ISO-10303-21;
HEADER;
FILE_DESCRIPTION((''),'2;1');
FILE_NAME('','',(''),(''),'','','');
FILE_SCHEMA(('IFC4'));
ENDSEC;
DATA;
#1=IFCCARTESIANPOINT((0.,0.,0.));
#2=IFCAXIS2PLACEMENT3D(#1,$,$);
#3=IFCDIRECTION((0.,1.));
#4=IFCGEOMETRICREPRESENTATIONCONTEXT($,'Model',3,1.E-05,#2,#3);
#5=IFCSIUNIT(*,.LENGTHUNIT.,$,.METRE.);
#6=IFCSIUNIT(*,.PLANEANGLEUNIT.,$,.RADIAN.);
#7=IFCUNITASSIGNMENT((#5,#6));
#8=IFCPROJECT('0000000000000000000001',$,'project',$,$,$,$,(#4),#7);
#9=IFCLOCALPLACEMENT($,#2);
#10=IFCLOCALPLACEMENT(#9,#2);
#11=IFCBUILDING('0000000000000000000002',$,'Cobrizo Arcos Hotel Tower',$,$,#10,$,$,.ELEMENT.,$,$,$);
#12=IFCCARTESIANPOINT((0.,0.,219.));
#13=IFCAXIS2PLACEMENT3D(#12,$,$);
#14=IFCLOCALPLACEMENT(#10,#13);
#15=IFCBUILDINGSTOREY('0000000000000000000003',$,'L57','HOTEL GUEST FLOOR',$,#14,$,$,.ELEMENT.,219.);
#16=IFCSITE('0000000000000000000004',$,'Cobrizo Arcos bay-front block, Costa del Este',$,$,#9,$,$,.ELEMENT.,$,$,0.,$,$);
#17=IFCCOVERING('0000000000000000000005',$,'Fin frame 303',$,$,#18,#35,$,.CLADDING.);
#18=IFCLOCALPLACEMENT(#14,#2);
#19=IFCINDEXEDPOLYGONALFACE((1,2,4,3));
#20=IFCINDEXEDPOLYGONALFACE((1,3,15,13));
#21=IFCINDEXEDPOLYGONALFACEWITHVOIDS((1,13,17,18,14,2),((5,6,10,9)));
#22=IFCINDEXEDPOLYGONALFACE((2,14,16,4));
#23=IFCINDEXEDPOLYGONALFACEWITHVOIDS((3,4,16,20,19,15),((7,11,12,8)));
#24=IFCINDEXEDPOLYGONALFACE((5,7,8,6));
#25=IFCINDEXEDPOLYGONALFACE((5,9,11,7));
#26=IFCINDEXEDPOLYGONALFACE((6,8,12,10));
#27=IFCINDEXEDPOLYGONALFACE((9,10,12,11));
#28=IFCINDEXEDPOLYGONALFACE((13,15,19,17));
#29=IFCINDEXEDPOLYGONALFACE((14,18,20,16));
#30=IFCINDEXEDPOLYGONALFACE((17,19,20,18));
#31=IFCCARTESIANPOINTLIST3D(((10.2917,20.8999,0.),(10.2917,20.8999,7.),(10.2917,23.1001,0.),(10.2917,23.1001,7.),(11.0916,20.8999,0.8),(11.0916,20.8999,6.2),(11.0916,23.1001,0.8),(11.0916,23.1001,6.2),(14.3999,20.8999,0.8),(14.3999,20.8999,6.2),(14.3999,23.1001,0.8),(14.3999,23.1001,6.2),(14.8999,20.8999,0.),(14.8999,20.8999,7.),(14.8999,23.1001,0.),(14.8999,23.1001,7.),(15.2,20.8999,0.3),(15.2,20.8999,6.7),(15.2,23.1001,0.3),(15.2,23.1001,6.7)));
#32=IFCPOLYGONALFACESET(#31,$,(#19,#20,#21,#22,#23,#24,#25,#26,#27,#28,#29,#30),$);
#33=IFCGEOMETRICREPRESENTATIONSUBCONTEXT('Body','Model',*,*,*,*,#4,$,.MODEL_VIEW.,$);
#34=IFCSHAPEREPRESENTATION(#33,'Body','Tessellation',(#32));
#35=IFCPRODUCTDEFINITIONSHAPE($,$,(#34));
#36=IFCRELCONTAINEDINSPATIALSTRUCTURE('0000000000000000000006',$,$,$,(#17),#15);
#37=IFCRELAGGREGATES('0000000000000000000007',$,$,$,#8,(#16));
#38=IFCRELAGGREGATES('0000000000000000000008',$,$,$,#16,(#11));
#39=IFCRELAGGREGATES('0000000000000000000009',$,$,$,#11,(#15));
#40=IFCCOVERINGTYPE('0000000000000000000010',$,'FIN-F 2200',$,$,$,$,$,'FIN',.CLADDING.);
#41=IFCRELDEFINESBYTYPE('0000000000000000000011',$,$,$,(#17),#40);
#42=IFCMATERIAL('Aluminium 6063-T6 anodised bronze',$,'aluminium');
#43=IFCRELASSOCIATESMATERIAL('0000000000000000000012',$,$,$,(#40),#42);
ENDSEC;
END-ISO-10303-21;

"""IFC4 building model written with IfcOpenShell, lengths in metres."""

from ifc_helpers import new_model, si_unit, direction, frame, origin, place, context, subcontext, project, spatial, polyline, outline, extrude, material, type_object, element, save


model = new_model("IFC4")

# Units and contexts
model_context = context("Model", 3, precision=1e-05, world=origin(), true_north=direction((0.0, 1.0)))
body_context = subcontext(model_context, "Body", "Model", "MODEL_VIEW")
ifc_project = project(units=[si_unit("LENGTHUNIT", "METRE"), si_unit("PLANEANGLEUNIT", "RADIAN")], contexts=[model_context])

# Site, building, storey
site_placement = place(None, origin())
site = spatial("IfcSite", under=ifc_project, at=site_placement, Name="Cobrizo Arcos bay-front block, Costa del Este", CompositionType="ELEMENT", RefElevation=0.0)
building_placement = place(site_placement, origin())
building = spatial("IfcBuilding", under=site, at=building_placement, Name="Cobrizo Arcos Hotel Tower", CompositionType="ELEMENT")
storey_placement = place(building_placement, frame((0.0, 0.0, 219.0)))
storey = spatial("IfcBuildingStorey", under=building, at=storey_placement, Name="L57", Description="HOTEL GUEST FLOOR", CompositionType="ELEMENT", Elevation=219.0)

# Shared definitions
ifc_material_1 = material(Name="Aluminium 6063-T6 anodised bronze", Category="aluminium")

# Covering
covering_type = type_object("IfcCoveringType", Name="FIN-F 2200", ElementType="FIN", PredefinedType="CLADDING", material=ifc_material_1)
covering_placement = place(storey_placement, frame((15.2, 20.8999, 0.0), z_axis=(0.0, 1.0, 0.0), x_axis=(-1.0, 0.0, 0.0)))
element("IfcCovering", 1, at=covering_placement, inside=storey, type_object=covering_type, Name="Fin frame 303", PredefinedType="CLADDING", context=body_context, shape_type="SweptSolid", body=[
    extrude(outline(polyline([(0.0, 0.3), (0.3, 0.0), (4.9082, 0.0), (4.9082, 7.0), (0.3, 7.0), (0.0, 6.7), (0.0, 0.3)]), holes=[polyline([(4.1084, 0.8), (0.8, 0.8), (0.8, 6.2), (4.1084, 6.2), (4.1084, 0.8)])]), origin(), (0.0, 0.0, 1.0), 2.2002),
])

save(model, "model.ifc")
